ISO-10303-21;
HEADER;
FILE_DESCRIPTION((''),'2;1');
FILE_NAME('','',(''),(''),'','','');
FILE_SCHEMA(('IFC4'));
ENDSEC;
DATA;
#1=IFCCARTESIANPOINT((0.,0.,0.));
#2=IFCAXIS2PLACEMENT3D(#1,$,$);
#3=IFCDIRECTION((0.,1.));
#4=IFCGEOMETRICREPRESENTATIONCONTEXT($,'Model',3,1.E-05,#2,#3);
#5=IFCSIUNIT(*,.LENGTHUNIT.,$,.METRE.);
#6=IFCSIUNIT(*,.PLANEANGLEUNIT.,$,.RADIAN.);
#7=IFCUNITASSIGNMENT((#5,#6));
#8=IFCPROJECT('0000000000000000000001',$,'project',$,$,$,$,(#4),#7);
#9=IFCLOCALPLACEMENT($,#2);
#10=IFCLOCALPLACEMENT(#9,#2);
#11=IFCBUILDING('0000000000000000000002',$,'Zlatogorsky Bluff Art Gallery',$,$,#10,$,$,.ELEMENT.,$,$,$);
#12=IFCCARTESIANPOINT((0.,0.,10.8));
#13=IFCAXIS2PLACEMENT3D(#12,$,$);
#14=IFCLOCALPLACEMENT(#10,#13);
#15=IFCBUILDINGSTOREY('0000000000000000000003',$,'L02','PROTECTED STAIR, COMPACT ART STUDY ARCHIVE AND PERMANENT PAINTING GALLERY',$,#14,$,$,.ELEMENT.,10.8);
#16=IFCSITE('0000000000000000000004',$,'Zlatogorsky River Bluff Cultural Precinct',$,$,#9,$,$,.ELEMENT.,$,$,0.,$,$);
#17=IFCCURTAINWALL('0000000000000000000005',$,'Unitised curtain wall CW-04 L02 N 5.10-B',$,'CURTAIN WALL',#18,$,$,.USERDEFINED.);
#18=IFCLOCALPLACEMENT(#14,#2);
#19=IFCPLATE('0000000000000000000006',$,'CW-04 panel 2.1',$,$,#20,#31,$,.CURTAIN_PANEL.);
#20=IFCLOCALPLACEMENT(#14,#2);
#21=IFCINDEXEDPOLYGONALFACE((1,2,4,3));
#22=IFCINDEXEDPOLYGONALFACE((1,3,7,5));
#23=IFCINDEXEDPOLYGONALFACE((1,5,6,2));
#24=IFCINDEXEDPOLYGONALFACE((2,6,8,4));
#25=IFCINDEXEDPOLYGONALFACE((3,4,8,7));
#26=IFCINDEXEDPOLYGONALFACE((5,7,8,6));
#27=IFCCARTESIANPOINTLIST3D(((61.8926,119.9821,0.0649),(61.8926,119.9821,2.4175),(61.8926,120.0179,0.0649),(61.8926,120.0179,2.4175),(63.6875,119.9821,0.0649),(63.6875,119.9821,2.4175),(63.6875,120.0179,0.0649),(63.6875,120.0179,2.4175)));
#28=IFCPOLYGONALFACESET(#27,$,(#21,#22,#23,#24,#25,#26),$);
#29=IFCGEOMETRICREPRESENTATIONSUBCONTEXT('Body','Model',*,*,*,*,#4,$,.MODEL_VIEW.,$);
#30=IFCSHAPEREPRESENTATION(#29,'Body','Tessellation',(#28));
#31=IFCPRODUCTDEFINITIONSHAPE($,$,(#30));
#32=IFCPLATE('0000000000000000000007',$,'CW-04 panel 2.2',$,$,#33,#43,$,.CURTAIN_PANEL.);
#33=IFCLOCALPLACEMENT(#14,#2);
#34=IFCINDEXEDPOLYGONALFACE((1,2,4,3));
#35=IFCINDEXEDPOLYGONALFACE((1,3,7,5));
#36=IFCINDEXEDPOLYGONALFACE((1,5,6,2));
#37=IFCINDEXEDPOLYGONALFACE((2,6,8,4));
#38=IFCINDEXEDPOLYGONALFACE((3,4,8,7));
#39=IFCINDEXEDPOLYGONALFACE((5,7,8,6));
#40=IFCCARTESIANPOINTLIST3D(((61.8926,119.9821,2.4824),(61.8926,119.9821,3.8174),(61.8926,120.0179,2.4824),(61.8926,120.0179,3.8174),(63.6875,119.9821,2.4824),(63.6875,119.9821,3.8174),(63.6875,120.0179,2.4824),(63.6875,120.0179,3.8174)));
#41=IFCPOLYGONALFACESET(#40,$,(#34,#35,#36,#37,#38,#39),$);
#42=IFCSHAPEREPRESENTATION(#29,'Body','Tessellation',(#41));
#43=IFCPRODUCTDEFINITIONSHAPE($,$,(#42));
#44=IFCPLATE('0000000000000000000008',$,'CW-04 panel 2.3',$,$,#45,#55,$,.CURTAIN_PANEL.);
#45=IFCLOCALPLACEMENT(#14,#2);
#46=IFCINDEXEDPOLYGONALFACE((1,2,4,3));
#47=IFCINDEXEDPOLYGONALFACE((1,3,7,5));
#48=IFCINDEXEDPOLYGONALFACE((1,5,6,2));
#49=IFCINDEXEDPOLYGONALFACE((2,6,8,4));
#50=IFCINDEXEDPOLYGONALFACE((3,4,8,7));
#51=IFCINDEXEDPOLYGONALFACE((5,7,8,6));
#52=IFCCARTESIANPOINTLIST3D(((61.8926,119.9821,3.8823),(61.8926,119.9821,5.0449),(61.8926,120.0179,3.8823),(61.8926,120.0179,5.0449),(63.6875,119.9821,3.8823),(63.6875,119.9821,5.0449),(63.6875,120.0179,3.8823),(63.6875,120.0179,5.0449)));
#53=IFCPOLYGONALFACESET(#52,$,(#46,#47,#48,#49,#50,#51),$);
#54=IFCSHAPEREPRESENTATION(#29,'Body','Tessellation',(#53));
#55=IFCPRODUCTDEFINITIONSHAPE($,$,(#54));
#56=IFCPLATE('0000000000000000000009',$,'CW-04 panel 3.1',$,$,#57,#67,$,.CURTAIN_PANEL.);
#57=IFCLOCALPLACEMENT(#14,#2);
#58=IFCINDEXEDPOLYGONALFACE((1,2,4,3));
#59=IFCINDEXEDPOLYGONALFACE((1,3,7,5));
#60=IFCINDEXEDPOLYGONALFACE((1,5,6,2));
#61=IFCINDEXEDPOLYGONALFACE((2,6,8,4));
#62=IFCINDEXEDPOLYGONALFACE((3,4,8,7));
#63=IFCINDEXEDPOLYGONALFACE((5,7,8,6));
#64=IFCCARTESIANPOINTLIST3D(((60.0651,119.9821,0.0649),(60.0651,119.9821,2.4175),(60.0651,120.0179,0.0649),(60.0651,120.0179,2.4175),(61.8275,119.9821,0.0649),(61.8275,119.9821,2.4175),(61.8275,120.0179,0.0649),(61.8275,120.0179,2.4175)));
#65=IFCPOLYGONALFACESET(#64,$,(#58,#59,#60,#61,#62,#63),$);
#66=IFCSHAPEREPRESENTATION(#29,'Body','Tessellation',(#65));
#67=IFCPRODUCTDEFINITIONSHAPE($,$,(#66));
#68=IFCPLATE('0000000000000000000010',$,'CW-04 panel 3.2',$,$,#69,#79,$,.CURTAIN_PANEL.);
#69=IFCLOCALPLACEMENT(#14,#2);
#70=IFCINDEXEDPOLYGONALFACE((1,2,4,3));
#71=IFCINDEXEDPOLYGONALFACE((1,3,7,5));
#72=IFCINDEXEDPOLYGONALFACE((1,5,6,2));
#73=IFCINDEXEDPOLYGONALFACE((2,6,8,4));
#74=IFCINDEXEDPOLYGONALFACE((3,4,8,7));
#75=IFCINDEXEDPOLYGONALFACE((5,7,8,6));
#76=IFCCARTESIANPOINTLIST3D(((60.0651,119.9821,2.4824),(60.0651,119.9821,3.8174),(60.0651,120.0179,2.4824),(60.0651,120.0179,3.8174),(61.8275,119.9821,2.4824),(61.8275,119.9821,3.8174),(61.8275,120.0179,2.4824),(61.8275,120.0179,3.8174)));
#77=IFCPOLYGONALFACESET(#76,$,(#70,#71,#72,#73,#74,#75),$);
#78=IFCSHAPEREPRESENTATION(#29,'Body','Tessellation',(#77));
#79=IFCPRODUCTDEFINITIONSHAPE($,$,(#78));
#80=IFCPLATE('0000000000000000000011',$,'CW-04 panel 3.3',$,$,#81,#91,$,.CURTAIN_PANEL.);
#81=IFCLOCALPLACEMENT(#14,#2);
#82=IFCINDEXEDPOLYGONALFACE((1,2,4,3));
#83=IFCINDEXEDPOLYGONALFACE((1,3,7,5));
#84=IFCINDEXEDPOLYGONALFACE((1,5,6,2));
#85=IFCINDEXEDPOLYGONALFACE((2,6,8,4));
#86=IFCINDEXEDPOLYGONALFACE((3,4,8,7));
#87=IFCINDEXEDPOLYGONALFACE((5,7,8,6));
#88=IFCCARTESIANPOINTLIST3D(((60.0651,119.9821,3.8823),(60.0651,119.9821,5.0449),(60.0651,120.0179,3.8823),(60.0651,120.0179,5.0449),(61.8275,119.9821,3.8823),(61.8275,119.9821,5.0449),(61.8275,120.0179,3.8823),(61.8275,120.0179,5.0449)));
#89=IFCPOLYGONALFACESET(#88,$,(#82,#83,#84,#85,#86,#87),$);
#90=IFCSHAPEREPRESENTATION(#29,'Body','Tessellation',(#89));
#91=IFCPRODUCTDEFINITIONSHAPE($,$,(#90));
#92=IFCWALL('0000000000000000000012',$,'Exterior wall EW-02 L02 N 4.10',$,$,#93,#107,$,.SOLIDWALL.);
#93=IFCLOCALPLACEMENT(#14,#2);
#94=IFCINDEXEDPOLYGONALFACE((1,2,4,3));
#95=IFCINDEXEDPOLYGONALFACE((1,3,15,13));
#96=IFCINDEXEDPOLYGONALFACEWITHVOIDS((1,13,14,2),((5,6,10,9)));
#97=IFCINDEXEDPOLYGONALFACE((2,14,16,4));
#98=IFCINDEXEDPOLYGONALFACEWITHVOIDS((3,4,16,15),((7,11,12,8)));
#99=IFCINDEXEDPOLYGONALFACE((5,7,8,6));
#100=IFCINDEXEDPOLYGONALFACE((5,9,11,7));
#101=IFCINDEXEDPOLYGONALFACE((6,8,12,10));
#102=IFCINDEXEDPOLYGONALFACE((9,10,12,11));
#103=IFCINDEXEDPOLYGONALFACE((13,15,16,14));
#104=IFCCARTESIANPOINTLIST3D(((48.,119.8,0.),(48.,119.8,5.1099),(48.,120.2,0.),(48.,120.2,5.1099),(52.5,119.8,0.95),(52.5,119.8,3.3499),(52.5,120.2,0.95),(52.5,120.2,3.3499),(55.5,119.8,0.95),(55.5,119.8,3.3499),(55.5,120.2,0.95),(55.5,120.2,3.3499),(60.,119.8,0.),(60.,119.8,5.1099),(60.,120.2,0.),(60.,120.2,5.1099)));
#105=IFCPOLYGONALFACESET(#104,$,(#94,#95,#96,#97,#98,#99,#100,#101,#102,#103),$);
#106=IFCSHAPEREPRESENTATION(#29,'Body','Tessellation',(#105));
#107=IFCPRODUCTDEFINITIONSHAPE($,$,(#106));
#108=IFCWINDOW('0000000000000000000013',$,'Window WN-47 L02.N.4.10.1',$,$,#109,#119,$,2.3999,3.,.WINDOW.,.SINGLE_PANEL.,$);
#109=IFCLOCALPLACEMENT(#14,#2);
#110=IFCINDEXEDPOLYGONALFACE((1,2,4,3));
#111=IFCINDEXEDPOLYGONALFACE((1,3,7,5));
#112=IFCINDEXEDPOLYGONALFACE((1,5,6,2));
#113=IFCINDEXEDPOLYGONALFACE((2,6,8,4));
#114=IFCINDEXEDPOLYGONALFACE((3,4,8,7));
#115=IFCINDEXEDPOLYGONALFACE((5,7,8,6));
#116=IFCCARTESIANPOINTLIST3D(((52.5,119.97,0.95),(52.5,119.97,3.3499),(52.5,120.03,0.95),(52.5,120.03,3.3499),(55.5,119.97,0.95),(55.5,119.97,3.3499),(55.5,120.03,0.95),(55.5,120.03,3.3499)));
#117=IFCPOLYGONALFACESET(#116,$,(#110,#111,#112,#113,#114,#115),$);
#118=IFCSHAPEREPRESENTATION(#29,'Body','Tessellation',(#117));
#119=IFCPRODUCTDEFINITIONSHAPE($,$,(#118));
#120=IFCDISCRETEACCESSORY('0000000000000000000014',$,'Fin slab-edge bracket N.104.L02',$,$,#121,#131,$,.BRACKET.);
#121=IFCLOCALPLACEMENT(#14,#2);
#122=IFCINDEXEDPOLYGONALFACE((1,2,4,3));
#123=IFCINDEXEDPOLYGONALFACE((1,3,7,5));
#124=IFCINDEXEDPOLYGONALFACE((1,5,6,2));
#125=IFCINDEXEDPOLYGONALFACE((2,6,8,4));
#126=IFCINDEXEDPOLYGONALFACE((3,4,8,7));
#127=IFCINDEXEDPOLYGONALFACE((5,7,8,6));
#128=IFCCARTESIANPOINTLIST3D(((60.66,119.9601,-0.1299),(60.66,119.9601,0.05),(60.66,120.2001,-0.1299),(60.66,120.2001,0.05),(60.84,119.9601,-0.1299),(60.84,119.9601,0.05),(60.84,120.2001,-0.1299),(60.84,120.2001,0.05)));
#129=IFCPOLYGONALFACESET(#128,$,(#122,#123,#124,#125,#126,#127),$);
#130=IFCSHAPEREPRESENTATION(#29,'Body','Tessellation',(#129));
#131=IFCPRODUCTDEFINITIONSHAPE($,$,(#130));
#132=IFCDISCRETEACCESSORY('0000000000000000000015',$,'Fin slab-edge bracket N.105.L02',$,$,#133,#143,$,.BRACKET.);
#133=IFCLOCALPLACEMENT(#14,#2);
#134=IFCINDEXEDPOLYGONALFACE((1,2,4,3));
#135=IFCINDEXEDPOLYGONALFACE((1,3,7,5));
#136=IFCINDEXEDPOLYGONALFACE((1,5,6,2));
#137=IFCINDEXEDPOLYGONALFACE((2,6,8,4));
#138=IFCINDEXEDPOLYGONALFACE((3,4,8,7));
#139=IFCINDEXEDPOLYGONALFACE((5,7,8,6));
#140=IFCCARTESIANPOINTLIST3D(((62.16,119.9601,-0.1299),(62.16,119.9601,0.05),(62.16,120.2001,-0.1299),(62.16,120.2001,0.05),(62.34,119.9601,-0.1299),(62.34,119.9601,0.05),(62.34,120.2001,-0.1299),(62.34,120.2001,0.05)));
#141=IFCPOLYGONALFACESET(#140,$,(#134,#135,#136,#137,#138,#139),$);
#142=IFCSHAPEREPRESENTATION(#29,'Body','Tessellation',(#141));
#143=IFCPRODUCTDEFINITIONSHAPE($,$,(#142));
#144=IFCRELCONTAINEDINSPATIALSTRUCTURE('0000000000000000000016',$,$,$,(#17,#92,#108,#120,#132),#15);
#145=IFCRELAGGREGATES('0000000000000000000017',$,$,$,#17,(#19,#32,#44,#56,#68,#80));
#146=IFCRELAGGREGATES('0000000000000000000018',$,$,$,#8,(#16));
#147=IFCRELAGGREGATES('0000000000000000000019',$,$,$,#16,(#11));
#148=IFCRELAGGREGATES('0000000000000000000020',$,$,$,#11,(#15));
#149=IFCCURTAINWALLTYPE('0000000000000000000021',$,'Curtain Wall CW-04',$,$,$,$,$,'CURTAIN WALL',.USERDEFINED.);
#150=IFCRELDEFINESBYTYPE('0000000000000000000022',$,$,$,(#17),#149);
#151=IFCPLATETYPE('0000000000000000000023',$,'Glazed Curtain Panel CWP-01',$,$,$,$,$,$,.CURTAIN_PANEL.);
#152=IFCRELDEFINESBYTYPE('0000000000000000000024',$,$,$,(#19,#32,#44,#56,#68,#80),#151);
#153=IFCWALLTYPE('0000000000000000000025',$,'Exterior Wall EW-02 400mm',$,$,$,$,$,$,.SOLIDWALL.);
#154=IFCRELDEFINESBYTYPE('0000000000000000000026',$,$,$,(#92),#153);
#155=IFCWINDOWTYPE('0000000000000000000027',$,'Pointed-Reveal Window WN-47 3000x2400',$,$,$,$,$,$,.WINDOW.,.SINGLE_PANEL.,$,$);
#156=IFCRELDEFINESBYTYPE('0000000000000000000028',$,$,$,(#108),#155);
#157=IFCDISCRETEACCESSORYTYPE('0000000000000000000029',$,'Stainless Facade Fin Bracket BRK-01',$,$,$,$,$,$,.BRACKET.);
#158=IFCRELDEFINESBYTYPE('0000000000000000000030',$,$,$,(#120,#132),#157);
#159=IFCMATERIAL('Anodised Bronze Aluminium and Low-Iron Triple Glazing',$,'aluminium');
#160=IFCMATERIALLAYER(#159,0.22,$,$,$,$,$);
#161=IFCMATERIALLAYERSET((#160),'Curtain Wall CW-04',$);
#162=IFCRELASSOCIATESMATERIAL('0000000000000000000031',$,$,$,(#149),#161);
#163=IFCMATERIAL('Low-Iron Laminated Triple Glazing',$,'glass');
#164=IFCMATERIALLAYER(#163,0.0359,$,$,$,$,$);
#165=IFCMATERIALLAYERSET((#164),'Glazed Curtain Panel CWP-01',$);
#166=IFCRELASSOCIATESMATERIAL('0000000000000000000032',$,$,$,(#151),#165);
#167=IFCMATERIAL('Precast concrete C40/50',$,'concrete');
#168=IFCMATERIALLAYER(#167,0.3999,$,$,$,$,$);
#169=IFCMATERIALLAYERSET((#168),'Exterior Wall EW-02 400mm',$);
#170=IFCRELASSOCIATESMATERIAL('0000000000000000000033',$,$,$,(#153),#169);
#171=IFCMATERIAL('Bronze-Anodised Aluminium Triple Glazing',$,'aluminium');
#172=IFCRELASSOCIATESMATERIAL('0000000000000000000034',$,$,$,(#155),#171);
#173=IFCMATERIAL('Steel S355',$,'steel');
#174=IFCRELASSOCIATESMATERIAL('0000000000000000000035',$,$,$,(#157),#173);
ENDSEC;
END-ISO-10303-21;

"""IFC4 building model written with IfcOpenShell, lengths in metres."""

from ifc_helpers import new_model, si_unit, direction, frame, frame_2d, origin, origin_2d, place, context, subcontext, project, spatial, rectangle, extrude, material, layer, layer_set, type_object, element, fill, aggregate, save


model = new_model("IFC4")

# Units and contexts
model_context = context("Model", 3, precision=1e-05, world=origin(), true_north=direction((0.0, 1.0)))
body_context = subcontext(model_context, "Body", "Model", "MODEL_VIEW")
ifc_project = project(units=[si_unit("LENGTHUNIT", "METRE"), si_unit("PLANEANGLEUNIT", "RADIAN")], contexts=[model_context])

# Site, building, storey
site_placement = place(None, origin())
site = spatial("IfcSite", under=ifc_project, at=site_placement, Name="Zlatogorsky River Bluff Cultural Precinct", CompositionType="ELEMENT", RefElevation=0.0)
building_placement = place(site_placement, origin())
building = spatial("IfcBuilding", under=site, at=building_placement, Name="Zlatogorsky Bluff Art Gallery", CompositionType="ELEMENT")
storey_placement = place(building_placement, frame((0.0, 0.0, 10.8)))
storey = spatial("IfcBuildingStorey", under=building, at=storey_placement, Name="L02", Description="PROTECTED STAIR, COMPACT ART STUDY ARCHIVE AND PERMANENT PAINTING GALLERY", CompositionType="ELEMENT", Elevation=10.8)

# Shared definitions
ifc_material_1 = material(Name="Steel S355", Category="steel")

# Curtain wall, plates
ifc_material_2 = material(Name="Anodised Bronze Aluminium and Low-Iron Triple Glazing", Category="aluminium")
ifc_layer_1 = layer(ifc_material_2, 0.22)
ifc_layer_set_1 = layer_set([ifc_layer_1], Name="Curtain Wall CW-04")
curtain_wall_type = type_object("IfcCurtainWallType", Name="Curtain Wall CW-04", ElementType="CURTAIN WALL", PredefinedType="USERDEFINED", material=ifc_layer_set_1)
curtain_wall_placement = place(storey_placement, origin())
curtain_wall = element("IfcCurtainWall", 1, at=curtain_wall_placement, inside=storey, type_object=curtain_wall_type, Name="Unitised curtain wall CW-04 L02 N 5.10-B", ObjectType="CURTAIN WALL", PredefinedType="USERDEFINED")
ifc_material_3 = material(Name="Low-Iron Laminated Triple Glazing", Category="glass")
ifc_layer_2 = layer(ifc_material_3, 0.0359)
ifc_layer_set_2 = layer_set([ifc_layer_2], Name="Glazed Curtain Panel CWP-01")
plate_type = type_object("IfcPlateType", Name="Glazed Curtain Panel CWP-01", PredefinedType="CURTAIN_PANEL", material=ifc_layer_set_2)
plate_1_placement = place(storey_placement, frame((62.79, 120.0, 0.0649), z_axis=(0.0, 0.0, 1.0), x_axis=(-1.0, 0.0, 0.0)))
plate_1 = element("IfcPlate", 2, at=plate_1_placement, type_object=plate_type, Name="CW-04 panel 2.1", PredefinedType="CURTAIN_PANEL", context=body_context, shape_type="SweptSolid", body=[
    extrude(rectangle(XDim=1.7949, YDim=0.0359, at=origin_2d()), origin(), (0.0, 0.0, 1.0), 2.3525),
])
plate_2_placement = place(storey_placement, frame((62.79, 120.0, 2.4824), z_axis=(0.0, 0.0, 1.0), x_axis=(-1.0, 0.0, 0.0)))
plate_2 = element("IfcPlate", 3, at=plate_2_placement, type_object=plate_type, Name="CW-04 panel 2.2", PredefinedType="CURTAIN_PANEL", context=body_context, shape_type="SweptSolid", body=[
    extrude(rectangle(XDim=1.7949, YDim=0.0359, at=origin_2d()), origin(), (0.0, 0.0, 1.0), 1.335),
])
plate_3_placement = place(storey_placement, frame((62.79, 120.0, 3.8823), z_axis=(0.0, 0.0, 1.0), x_axis=(-1.0, 0.0, 0.0)))
plate_3 = element("IfcPlate", 4, at=plate_3_placement, type_object=plate_type, Name="CW-04 panel 2.3", PredefinedType="CURTAIN_PANEL", context=body_context, shape_type="SweptSolid", body=[
    extrude(rectangle(XDim=1.7949, YDim=0.0359, at=origin_2d()), origin(), (0.0, 0.0, 1.0), 1.1626),
])
plate_4_placement = place(storey_placement, frame((60.9463, 120.0, 0.0649), z_axis=(0.0, 0.0, 1.0), x_axis=(-1.0, 0.0, 0.0)))
plate_4 = element("IfcPlate", 5, at=plate_4_placement, type_object=plate_type, Name="CW-04 panel 3.1", PredefinedType="CURTAIN_PANEL", context=body_context, shape_type="SweptSolid", body=[
    extrude(rectangle(XDim=1.7625, YDim=0.0359, at=origin_2d()), origin(), (0.0, 0.0, 1.0), 2.3525),
])
plate_5_placement = place(storey_placement, frame((60.9463, 120.0, 2.4824), z_axis=(0.0, 0.0, 1.0), x_axis=(-1.0, 0.0, 0.0)))
plate_5 = element("IfcPlate", 6, at=plate_5_placement, type_object=plate_type, Name="CW-04 panel 3.2", PredefinedType="CURTAIN_PANEL", context=body_context, shape_type="SweptSolid", body=[
    extrude(rectangle(XDim=1.7625, YDim=0.0359, at=origin_2d()), origin(), (0.0, 0.0, 1.0), 1.335),
])
plate_6_placement = place(storey_placement, frame((60.9463, 120.0, 3.8823), z_axis=(0.0, 0.0, 1.0), x_axis=(-1.0, 0.0, 0.0)))
plate_6 = element("IfcPlate", 7, at=plate_6_placement, type_object=plate_type, Name="CW-04 panel 3.3", PredefinedType="CURTAIN_PANEL", context=body_context, shape_type="SweptSolid", body=[
    extrude(rectangle(XDim=1.7625, YDim=0.0359, at=origin_2d()), origin(), (0.0, 0.0, 1.0), 1.1626),
])
aggregate(curtain_wall, [plate_1, plate_2, plate_3, plate_4, plate_5, plate_6])

# Wall, opening, window
ifc_material_4 = material(Name="Precast concrete C40/50", Category="concrete")
ifc_layer_3 = layer(ifc_material_4, 0.3999)
ifc_layer_set_3 = layer_set([ifc_layer_3], Name="Exterior Wall EW-02 400mm")
wall_type = type_object("IfcWallType", Name="Exterior Wall EW-02 400mm", PredefinedType="SOLIDWALL", material=ifc_layer_set_3)
wall_placement = place(storey_placement, frame((60.0, 120.0, 0.0), z_axis=(0.0, 0.0, 1.0), x_axis=(-1.0, 0.0, 0.0)))
wall = element("IfcWall", 8, at=wall_placement, inside=storey, type_object=wall_type, Name="Exterior wall EW-02 L02 N 4.10", PredefinedType="SOLIDWALL", context=body_context, shape_type="SweptSolid", body=[
    extrude(rectangle(XDim=12.0, YDim=0.3999, at=frame_2d((6.0, 0.0))), origin(), (0.0, 0.0, 1.0), 5.1099),
])
opening_placement = place(wall_placement, frame((4.5, 0.0, 0.95)))
opening = element("IfcOpeningElement", 9, at=opening_placement, cuts=wall, PredefinedType="OPENING", context=body_context, shape_type="SweptSolid", body=[
    extrude(rectangle(XDim=3.0, YDim=2.3999, at=frame_2d((1.5, 1.2))), frame((0.0, 0.21, 0.0), z_axis=(0.0, -1.0, 0.0), x_axis=(1.0, 0.0, 0.0)), (0.0, 0.0, 1.0), 0.4199),
])
ifc_material_5 = material(Name="Bronze-Anodised Aluminium Triple Glazing", Category="aluminium")
window_type = type_object("IfcWindowType", Name="Pointed-Reveal Window WN-47 3000x2400", PartitioningType="SINGLE_PANEL", PredefinedType="WINDOW", material=ifc_material_5)
window_placement = place(opening_placement, origin())
window = element("IfcWindow", 10, at=window_placement, inside=storey, type_object=window_type, Name="Window WN-47 L02.N.4.10.1", OverallHeight=2.3999, OverallWidth=3.0, PartitioningType="SINGLE_PANEL", PredefinedType="WINDOW", context=body_context, shape_type="SweptSolid", body=[
    extrude(rectangle(XDim=3.0, YDim=2.3999, at=frame_2d((1.5, 1.2))), frame((0.0, 0.03, 0.0), z_axis=(0.0, -1.0, 0.0), x_axis=(1.0, 0.0, 0.0)), (0.0, 0.0, 1.0), 0.0601),
])
fill(opening, window)

# Discrete accessories
discrete_accessory_type = type_object("IfcDiscreteAccessoryType", Name="Stainless Facade Fin Bracket BRK-01", PredefinedType="BRACKET", material=ifc_material_1)
for number, where, z_axis, x_axis, name in (
    (11, (60.75, 120.0801, -0.1299), (0.0, 0.0, 1.0), (1.0, 0.0, 0.0), "Fin slab-edge bracket N.104.L02"),
    (12, (62.25, 120.0801, -0.1299), (0.0, 0.0, 1.0), (1.0, 0.0, 0.0), "Fin slab-edge bracket N.105.L02"),
):
    element("IfcDiscreteAccessory", number, at=place(storey_placement, frame(where, z_axis=z_axis, x_axis=x_axis)), inside=storey, type_object=discrete_accessory_type, Name=name, PredefinedType="BRACKET", context=body_context, shape_type="SweptSolid", body=[
        extrude(rectangle(XDim=0.1799, YDim=0.24, at=origin_2d()), origin(), (0.0, 0.0, 1.0), 0.1799),
    ])

save(model, "model.ifc")
